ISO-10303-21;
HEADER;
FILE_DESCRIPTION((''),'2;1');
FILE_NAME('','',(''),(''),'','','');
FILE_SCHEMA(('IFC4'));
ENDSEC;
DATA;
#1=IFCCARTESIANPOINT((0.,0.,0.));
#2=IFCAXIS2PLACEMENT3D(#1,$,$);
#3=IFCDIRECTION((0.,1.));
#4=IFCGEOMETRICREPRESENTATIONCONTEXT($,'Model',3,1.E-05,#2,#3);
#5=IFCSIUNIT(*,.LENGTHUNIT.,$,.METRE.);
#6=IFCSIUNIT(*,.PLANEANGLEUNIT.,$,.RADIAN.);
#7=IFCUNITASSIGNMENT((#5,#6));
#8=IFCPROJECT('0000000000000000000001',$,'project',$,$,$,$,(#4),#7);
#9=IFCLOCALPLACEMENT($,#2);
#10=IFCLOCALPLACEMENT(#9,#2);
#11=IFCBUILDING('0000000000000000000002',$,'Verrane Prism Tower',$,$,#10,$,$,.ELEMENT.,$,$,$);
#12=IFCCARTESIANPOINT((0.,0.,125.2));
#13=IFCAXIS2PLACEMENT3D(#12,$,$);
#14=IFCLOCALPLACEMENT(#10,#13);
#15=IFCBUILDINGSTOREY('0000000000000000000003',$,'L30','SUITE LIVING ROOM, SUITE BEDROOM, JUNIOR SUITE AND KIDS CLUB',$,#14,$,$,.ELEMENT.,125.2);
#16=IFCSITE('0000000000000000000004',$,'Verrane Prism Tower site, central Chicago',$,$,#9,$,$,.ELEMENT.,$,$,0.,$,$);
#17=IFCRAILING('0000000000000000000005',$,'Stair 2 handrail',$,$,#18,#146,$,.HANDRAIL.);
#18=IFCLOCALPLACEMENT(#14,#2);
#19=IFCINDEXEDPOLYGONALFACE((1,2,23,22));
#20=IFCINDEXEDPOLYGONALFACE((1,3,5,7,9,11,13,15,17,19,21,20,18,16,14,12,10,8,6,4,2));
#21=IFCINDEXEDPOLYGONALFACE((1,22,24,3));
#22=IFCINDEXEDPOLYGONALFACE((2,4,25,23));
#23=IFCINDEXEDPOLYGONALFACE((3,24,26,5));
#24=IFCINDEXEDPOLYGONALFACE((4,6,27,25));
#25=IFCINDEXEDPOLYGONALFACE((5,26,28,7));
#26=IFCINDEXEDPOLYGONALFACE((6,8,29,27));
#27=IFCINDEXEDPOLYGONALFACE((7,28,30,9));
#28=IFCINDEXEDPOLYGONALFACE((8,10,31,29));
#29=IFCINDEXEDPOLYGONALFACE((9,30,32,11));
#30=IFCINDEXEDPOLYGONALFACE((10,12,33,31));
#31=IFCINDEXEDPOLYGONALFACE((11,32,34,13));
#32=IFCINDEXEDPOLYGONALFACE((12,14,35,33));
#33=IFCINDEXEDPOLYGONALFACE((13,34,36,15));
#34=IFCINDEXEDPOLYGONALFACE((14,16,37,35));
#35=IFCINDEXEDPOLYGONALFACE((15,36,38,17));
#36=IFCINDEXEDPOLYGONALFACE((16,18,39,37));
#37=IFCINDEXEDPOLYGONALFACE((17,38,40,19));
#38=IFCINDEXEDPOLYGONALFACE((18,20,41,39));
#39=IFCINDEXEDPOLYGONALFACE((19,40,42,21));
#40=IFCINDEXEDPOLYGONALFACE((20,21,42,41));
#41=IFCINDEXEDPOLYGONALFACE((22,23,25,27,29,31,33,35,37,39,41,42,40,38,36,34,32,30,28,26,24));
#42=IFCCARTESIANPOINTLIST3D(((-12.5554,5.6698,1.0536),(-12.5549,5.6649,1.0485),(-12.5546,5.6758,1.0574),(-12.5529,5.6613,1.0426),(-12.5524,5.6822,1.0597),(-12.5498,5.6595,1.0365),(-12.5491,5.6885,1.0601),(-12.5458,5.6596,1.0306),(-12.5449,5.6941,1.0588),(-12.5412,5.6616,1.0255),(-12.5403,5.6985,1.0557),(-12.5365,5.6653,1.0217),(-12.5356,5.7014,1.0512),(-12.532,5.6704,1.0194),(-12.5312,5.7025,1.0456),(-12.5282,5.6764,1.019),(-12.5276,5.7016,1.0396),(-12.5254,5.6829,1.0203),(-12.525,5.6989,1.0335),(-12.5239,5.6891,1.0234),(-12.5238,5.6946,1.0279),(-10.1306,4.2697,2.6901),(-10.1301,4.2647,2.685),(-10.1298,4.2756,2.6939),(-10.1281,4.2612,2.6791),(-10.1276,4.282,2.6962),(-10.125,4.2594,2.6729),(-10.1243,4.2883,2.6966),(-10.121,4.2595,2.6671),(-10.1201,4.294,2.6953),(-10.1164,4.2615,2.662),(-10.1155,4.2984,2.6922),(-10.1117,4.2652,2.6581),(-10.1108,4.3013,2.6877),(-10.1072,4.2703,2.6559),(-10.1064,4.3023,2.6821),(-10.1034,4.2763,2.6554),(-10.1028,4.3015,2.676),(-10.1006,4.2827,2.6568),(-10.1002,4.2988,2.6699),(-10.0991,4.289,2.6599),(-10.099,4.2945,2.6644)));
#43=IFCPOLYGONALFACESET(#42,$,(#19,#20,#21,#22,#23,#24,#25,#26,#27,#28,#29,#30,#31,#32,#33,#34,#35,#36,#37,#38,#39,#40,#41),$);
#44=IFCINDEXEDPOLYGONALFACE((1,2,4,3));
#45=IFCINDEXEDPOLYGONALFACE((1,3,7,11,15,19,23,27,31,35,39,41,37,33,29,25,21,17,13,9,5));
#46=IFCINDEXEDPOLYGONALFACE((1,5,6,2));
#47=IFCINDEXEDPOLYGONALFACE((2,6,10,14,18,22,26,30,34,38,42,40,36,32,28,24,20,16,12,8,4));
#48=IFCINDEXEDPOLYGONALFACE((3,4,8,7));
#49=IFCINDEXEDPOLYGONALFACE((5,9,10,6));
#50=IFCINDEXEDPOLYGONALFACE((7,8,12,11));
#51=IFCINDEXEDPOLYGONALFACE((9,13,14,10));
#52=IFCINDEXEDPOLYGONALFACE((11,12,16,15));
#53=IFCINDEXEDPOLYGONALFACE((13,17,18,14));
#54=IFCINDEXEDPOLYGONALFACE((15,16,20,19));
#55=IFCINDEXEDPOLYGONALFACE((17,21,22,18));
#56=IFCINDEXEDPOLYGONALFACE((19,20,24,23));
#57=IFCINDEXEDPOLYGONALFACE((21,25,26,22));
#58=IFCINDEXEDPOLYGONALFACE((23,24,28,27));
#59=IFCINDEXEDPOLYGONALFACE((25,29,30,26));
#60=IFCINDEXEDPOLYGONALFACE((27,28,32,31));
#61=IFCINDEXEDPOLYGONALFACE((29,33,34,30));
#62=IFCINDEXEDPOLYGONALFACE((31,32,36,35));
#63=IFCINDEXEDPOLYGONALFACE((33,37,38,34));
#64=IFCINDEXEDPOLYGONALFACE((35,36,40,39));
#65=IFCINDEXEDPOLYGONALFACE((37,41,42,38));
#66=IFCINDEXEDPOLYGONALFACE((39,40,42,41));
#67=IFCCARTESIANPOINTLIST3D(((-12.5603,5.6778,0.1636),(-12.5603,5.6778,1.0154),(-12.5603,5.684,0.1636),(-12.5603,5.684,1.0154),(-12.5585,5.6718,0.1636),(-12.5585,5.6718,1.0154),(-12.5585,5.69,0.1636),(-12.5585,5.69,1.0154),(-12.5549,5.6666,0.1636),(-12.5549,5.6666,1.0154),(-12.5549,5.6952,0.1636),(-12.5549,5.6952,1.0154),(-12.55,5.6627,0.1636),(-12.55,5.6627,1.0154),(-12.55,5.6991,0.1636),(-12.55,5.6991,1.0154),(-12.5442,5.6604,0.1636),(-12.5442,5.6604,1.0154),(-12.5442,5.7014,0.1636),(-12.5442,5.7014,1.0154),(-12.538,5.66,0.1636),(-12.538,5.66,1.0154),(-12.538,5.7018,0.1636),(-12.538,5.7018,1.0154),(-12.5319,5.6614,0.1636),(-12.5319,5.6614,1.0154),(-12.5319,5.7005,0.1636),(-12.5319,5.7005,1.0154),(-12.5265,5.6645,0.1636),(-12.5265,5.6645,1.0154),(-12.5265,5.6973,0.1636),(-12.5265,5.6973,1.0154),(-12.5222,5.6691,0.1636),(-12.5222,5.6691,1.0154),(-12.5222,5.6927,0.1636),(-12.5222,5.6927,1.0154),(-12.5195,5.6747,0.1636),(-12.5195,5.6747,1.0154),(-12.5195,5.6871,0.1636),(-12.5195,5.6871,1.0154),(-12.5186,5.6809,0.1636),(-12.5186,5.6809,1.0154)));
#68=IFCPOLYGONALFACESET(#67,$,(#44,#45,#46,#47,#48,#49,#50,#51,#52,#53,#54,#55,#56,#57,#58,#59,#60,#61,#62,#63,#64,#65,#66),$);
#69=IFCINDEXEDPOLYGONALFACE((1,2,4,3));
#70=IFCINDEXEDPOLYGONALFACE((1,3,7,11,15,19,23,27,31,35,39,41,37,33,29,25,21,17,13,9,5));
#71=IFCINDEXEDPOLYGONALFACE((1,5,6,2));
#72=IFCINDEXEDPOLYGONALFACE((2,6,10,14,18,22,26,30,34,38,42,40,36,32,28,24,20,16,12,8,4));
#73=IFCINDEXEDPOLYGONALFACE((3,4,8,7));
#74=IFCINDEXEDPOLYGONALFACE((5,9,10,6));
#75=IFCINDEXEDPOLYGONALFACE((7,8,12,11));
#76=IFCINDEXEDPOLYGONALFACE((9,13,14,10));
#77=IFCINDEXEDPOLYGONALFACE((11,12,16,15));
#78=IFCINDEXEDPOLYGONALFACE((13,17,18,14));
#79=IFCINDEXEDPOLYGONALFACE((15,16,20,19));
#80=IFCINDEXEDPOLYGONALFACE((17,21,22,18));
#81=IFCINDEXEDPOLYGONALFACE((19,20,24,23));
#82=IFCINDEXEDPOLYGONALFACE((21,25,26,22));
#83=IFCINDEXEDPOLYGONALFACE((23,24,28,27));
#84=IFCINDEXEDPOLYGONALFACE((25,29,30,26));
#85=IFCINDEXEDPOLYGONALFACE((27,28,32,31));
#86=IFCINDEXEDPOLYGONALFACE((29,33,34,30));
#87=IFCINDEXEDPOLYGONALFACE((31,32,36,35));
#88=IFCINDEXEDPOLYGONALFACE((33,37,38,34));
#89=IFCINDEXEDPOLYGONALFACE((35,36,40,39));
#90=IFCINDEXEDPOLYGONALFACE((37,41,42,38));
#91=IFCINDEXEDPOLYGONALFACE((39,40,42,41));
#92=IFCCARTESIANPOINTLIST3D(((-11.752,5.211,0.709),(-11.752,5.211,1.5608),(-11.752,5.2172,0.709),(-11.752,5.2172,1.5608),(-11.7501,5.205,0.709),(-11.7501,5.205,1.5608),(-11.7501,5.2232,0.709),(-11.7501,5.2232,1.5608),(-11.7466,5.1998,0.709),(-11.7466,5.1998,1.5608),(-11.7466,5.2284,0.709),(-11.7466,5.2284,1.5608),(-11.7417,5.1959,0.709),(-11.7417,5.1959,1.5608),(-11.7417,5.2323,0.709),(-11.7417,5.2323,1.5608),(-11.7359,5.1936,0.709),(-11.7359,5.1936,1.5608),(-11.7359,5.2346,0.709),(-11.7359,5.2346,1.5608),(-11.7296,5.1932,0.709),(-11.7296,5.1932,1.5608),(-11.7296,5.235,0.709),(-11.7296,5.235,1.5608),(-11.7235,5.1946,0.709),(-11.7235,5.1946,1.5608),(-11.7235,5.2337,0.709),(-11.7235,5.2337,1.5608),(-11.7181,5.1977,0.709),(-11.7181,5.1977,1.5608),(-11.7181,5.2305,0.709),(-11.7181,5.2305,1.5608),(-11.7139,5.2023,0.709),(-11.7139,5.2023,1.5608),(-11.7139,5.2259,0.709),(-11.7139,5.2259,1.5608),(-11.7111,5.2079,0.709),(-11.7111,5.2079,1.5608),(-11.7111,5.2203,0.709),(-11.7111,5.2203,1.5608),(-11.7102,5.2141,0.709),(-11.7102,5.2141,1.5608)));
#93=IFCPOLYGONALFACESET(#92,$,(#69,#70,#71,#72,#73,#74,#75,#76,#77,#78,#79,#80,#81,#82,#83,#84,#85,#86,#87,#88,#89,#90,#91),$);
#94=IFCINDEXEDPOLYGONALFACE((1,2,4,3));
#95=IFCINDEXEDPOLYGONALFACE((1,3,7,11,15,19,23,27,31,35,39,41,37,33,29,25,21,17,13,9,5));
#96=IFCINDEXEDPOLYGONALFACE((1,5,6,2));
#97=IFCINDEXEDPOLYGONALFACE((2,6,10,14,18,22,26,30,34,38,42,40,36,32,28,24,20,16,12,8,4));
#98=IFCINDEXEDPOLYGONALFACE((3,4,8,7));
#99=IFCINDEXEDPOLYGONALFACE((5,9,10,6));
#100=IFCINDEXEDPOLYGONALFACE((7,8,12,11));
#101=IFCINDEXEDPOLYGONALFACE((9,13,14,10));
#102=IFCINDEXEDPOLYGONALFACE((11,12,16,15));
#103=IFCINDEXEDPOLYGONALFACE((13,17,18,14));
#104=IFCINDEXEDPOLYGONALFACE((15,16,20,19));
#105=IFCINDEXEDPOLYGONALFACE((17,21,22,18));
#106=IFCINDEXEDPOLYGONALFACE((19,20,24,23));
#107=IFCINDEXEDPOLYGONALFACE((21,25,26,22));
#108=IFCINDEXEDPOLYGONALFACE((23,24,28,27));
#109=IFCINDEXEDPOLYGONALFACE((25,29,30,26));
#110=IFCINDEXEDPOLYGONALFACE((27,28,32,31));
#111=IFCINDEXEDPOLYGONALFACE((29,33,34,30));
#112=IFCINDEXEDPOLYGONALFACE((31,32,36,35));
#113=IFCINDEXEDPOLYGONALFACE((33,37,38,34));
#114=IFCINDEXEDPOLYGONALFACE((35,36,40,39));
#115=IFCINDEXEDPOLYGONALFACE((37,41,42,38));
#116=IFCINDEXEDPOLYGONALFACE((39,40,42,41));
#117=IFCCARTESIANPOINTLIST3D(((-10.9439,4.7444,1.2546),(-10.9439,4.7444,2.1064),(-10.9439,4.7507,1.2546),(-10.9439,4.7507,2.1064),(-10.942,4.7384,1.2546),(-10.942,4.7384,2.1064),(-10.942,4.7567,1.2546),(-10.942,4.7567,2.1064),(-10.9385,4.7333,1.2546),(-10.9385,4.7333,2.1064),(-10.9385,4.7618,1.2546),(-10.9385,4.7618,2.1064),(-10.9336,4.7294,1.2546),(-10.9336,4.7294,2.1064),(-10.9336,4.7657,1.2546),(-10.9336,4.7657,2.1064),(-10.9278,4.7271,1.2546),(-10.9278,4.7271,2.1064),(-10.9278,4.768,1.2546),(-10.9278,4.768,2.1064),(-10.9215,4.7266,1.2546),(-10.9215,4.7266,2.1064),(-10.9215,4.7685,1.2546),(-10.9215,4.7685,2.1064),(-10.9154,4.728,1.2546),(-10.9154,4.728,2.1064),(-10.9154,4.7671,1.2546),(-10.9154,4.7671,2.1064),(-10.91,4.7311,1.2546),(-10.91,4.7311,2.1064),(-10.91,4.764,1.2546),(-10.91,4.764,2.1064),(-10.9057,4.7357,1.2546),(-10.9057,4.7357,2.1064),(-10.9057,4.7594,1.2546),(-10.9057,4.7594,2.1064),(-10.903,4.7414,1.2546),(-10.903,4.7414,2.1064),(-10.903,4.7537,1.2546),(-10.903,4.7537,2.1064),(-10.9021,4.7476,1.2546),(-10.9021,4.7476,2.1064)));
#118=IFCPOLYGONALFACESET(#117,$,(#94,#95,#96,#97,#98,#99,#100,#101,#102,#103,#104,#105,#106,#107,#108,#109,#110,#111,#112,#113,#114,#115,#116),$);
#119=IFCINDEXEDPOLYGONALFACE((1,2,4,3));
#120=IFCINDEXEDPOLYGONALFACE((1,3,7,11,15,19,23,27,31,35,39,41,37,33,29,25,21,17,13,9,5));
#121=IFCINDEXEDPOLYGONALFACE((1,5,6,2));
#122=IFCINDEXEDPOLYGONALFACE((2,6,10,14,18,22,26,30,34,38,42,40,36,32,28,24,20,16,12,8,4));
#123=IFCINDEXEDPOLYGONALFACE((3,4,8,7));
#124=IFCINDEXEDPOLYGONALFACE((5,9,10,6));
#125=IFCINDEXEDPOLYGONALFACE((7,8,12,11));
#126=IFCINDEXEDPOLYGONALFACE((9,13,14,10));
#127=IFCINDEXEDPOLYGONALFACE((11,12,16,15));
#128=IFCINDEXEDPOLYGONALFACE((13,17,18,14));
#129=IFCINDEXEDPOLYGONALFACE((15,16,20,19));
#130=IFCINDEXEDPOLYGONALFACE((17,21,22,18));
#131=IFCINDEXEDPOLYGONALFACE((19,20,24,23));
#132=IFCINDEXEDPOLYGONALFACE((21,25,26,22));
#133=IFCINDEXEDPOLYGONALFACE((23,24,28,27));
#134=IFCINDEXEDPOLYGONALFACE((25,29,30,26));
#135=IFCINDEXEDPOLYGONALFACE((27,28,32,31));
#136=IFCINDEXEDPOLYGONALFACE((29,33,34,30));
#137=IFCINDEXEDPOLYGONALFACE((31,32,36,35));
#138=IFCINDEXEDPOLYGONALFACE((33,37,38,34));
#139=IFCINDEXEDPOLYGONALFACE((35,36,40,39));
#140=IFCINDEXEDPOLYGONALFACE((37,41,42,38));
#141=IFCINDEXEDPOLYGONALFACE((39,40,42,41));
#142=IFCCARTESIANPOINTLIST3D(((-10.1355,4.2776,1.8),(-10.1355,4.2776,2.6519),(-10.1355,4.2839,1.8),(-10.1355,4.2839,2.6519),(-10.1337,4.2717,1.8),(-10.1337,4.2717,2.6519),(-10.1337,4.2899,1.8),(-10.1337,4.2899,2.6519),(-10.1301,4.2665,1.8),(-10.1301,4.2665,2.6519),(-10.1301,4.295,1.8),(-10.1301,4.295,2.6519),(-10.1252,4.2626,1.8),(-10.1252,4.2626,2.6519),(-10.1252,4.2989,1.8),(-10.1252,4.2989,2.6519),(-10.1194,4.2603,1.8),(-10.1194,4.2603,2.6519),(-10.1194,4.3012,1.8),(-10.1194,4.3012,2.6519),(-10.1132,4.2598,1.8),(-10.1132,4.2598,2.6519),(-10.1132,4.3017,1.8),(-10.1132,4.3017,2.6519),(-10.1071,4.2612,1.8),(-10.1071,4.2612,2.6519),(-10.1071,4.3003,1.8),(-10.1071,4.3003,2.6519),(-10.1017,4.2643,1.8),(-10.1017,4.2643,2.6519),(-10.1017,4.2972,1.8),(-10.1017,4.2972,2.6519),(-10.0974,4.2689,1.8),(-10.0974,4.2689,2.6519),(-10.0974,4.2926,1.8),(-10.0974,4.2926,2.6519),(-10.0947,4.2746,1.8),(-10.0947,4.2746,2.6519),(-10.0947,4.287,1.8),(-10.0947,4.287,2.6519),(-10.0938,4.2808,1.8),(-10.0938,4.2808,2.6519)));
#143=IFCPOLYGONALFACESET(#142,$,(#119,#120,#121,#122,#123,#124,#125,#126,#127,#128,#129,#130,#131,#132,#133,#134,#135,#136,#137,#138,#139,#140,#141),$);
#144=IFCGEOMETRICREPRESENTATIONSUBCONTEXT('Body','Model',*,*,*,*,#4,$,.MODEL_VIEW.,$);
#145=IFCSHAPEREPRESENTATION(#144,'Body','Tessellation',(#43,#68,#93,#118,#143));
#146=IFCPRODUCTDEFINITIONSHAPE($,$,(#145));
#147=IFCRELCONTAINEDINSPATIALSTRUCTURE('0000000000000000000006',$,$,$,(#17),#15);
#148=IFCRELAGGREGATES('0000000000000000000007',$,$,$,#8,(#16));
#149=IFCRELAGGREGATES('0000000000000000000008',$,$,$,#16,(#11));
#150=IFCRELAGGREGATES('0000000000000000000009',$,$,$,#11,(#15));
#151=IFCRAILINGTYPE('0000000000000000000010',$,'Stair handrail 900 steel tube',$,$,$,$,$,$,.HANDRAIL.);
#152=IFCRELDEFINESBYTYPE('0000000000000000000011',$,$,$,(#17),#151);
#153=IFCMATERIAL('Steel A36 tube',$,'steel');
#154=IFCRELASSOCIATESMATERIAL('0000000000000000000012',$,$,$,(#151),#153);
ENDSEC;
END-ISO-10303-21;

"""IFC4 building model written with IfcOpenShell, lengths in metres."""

from ifc_helpers import new_model, si_unit, direction, frame, origin, origin_2d, place, context, subcontext, project, spatial, circle, extrude, material, type_object, element, save


model = new_model("IFC4")

# Units and contexts
model_context = context("Model", 3, precision=1e-05, world=origin(), true_north=direction((0.0, 1.0)))
body_context = subcontext(model_context, "Body", "Model", "MODEL_VIEW")
ifc_project = project(units=[si_unit("LENGTHUNIT", "METRE"), si_unit("PLANEANGLEUNIT", "RADIAN")], contexts=[model_context])

# Site, building, storey
site_placement = place(None, origin())
site = spatial("IfcSite", under=ifc_project, at=site_placement, Name="Verrane Prism Tower site, central Chicago", CompositionType="ELEMENT", RefElevation=0.0)
building_placement = place(site_placement, origin())
building = spatial("IfcBuilding", under=site, at=building_placement, Name="Verrane Prism Tower", CompositionType="ELEMENT")
storey_placement = place(building_placement, frame((0.0, 0.0, 125.2)))
storey = spatial("IfcBuildingStorey", under=building, at=storey_placement, Name="L30", Description="SUITE LIVING ROOM, SUITE BEDROOM, JUNIOR SUITE AND KIDS CLUB", CompositionType="ELEMENT", Elevation=125.2)

# Railing
ifc_material_1 = material(Name="Steel A36 tube", Category="steel")
railing_type_1 = type_object("IfcRailingType", Name="Stair handrail 900 steel tube", PredefinedType="HANDRAIL", material=ifc_material_1)
railing_1_placement = place(storey_placement, frame((-12.5396, 5.6809, 0.1636)))
element("IfcRailing", 1, at=railing_1_placement, inside=storey, type_object=railing_type_1, Name="Stair 2 handrail", PredefinedType="HANDRAIL", context=body_context, shape_type="SweptSolid", body=[
    extrude(circle(Radius=0.0239, at=origin_2d()), frame((0.0, 0.0, 0.876), z_axis=(0.747666, -0.431722, 0.504591), x_axis=(0.50005, 0.865997, 0.0)), (0.0, 0.0, 1.0), 3.2432),
    extrude(circle(Radius=0.021, at=origin_2d()), origin(), (0.0, 0.0, 1.0), 0.8518),
    extrude(circle(Radius=0.021, at=origin_2d()), frame((0.8083, -0.4668, 0.5454)), (0.0, 0.0, 1.0), 0.8518),
    extrude(circle(Radius=0.021, at=origin_2d()), frame((1.6165, -0.9333, 1.0911)), (0.0, 0.0, 1.0), 0.8518),
    extrude(circle(Radius=0.021, at=origin_2d()), frame((2.4248, -1.4001, 1.6365)), (0.0, 0.0, 1.0), 0.8518),
])

save(model, "model.ifc")
